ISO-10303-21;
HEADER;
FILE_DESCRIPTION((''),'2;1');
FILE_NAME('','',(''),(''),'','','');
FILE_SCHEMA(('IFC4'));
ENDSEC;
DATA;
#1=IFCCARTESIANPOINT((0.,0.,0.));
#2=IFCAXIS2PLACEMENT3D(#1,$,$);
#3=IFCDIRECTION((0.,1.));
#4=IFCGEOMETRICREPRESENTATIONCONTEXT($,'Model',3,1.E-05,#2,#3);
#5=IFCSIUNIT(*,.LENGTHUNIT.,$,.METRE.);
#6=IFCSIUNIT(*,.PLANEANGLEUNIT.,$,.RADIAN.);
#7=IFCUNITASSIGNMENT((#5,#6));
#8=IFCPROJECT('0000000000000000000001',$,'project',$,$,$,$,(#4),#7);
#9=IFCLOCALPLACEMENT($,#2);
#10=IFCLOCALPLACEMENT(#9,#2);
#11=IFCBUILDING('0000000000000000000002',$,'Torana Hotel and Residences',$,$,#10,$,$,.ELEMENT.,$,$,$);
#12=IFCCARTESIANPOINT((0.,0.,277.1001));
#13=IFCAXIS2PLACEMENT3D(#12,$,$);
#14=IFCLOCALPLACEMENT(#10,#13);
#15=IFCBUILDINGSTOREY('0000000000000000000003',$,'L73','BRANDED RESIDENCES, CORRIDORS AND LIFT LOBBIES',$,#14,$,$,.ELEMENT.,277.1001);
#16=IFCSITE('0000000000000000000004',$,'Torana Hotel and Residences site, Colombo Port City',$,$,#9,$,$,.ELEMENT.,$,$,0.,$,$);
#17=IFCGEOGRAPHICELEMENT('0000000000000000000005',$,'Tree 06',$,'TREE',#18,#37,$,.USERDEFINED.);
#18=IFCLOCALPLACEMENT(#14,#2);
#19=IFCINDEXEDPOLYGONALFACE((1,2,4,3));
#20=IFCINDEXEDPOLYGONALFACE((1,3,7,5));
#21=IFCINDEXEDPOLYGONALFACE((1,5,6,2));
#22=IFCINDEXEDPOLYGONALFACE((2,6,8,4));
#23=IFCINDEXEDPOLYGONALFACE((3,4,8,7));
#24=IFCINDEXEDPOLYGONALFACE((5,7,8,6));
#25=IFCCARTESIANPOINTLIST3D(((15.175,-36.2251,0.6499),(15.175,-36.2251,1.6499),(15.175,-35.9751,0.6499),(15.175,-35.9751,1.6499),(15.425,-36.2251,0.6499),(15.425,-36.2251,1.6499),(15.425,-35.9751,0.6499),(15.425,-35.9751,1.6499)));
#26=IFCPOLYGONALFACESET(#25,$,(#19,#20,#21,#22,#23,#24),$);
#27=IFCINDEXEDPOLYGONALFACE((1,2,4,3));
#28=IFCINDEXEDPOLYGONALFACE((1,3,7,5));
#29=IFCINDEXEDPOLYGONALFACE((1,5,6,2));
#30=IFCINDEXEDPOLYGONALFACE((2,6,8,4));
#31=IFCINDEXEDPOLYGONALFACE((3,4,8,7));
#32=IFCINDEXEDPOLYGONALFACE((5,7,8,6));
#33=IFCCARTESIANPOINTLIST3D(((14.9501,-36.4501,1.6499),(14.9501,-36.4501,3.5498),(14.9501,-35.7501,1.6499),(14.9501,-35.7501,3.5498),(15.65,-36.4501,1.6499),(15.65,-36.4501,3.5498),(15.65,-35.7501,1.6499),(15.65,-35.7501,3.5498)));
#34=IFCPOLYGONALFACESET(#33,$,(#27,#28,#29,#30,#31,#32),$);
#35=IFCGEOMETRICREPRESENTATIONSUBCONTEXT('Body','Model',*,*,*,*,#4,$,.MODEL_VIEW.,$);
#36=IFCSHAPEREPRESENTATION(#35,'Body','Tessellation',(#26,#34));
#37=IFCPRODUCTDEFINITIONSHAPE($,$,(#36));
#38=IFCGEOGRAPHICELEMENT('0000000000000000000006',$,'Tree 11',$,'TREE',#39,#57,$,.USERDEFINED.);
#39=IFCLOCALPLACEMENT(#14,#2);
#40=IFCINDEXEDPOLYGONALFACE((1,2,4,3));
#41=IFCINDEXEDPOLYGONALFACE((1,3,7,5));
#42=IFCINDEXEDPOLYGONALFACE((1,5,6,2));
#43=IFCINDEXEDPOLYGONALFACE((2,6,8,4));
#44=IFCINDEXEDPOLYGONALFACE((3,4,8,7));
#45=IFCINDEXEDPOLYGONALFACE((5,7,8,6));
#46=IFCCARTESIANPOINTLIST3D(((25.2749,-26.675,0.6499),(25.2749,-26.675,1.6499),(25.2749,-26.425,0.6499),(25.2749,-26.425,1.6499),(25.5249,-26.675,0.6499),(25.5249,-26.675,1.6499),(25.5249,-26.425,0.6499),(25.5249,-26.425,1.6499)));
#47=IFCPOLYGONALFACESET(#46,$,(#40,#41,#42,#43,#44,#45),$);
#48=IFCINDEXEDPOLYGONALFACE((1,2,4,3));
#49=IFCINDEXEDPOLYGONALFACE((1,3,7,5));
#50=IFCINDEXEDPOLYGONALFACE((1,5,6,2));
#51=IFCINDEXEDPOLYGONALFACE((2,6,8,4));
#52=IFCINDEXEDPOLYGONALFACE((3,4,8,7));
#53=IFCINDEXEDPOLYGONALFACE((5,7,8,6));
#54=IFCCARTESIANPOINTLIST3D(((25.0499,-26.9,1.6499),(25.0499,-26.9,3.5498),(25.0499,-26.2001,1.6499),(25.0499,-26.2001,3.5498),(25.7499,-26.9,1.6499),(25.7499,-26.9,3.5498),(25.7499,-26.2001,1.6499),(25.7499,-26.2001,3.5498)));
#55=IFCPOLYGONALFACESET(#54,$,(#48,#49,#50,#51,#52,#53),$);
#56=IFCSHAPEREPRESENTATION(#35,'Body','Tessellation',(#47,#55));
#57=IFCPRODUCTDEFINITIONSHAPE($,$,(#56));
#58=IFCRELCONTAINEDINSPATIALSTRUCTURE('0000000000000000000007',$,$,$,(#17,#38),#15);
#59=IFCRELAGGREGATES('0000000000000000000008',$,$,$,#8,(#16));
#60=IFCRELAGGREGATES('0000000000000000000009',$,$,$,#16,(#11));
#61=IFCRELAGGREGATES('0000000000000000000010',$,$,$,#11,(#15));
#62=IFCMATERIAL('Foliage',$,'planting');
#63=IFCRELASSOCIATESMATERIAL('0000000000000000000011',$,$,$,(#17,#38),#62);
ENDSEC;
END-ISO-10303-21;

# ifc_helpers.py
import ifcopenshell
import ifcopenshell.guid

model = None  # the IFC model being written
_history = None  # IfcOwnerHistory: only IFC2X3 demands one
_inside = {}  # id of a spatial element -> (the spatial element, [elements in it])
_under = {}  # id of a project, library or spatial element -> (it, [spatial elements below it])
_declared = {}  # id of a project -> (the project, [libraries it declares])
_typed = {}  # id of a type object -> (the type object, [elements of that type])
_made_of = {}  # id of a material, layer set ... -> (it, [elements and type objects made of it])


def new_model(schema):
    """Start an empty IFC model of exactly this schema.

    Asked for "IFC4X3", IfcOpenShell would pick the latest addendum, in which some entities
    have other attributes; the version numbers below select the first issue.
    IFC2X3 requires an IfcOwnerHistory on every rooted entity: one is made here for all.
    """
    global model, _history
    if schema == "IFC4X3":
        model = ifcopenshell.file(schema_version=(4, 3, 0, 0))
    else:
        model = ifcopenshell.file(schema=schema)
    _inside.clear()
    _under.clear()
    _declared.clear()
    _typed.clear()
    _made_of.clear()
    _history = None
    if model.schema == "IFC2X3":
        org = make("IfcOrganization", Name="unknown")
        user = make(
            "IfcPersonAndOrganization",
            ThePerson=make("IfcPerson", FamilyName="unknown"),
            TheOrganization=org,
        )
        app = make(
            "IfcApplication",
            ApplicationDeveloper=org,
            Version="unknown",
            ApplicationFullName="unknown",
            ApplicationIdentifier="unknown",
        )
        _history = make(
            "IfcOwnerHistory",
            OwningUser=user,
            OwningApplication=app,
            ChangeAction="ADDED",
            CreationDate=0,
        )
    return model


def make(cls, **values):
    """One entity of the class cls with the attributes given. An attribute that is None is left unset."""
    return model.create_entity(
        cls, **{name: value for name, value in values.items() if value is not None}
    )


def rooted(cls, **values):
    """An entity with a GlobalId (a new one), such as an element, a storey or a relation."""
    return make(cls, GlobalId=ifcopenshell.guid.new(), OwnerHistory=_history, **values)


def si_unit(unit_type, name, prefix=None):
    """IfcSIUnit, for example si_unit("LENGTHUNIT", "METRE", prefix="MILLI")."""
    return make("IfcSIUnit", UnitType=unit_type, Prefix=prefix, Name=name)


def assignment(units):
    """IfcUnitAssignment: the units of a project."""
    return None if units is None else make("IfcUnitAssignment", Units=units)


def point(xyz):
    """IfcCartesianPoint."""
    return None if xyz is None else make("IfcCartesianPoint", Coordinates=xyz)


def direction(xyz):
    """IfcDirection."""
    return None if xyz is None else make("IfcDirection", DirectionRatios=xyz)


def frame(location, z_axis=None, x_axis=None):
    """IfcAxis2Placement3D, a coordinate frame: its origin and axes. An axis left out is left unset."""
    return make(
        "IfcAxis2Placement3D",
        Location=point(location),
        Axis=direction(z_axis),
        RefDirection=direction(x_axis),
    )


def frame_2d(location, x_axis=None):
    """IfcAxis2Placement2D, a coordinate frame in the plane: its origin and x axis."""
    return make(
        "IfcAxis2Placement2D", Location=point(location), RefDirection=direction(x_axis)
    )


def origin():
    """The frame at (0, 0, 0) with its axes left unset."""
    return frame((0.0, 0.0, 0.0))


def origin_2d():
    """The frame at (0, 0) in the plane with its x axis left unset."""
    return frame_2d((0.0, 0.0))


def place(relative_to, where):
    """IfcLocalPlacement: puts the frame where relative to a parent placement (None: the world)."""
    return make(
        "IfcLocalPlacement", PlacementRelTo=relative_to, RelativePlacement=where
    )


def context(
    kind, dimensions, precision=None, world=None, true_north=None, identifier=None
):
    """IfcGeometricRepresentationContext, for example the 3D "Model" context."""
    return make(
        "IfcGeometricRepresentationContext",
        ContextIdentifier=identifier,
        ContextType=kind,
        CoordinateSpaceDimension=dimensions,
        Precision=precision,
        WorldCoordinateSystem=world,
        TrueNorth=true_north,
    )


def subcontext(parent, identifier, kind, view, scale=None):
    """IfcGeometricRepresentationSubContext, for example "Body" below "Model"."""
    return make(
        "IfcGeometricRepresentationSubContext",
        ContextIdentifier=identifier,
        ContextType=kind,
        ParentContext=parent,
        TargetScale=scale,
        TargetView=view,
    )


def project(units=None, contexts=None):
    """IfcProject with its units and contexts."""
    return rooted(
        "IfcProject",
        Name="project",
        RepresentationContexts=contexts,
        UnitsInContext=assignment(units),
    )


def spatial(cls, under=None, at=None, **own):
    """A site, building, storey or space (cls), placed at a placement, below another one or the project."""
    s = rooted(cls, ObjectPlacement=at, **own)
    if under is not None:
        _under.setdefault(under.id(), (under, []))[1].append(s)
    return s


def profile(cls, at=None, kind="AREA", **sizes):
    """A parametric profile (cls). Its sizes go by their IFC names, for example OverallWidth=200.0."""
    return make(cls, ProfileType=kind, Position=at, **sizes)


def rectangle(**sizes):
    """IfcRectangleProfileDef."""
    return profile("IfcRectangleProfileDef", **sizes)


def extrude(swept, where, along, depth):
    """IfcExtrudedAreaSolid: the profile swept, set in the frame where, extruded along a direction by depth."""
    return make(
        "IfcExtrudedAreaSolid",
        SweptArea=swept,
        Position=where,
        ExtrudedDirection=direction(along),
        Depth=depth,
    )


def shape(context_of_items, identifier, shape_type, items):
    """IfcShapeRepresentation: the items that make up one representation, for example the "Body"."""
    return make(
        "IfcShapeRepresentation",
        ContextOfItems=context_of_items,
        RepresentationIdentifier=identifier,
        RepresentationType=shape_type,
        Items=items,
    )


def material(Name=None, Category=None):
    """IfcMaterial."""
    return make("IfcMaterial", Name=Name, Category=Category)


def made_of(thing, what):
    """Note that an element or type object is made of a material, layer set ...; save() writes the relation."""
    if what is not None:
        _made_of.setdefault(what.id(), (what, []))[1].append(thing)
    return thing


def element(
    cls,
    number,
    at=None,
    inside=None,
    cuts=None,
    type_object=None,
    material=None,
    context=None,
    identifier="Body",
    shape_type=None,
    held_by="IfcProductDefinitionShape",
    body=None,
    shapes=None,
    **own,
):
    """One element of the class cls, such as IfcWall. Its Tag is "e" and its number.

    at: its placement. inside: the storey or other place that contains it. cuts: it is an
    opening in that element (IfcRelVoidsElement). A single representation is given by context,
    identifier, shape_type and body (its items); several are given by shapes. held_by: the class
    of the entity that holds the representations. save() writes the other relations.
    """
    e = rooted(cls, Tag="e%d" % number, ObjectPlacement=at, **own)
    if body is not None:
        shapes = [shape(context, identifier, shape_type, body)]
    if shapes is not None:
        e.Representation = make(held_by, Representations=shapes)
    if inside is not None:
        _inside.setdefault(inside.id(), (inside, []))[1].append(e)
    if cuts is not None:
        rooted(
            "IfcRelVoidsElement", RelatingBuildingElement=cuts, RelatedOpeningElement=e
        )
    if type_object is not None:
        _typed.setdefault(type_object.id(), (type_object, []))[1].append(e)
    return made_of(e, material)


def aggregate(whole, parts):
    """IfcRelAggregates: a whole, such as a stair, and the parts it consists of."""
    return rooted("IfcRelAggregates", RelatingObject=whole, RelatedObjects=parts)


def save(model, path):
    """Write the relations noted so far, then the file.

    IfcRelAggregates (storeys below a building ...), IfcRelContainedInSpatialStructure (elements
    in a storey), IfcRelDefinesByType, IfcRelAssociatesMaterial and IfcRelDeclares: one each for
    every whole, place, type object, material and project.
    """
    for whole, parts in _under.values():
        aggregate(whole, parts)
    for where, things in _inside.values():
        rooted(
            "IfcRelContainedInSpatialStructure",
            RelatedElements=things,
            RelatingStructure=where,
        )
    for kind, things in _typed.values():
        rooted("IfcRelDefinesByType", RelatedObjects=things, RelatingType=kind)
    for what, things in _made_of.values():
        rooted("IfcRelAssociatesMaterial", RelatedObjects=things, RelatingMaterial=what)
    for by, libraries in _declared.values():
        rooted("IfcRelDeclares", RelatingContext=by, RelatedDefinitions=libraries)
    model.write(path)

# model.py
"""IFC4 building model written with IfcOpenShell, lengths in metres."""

from ifc_helpers import new_model, si_unit, direction, frame, origin, origin_2d, place, context, subcontext, project, spatial, rectangle, extrude, material, element, save


model = new_model("IFC4")

# Units and contexts
model_context = context("Model", 3, precision=1e-05, world=origin(), true_north=direction((0.0, 1.0)))
body_context = subcontext(model_context, "Body", "Model", "MODEL_VIEW")
ifc_project = project(units=[si_unit("LENGTHUNIT", "METRE"), si_unit("PLANEANGLEUNIT", "RADIAN")], contexts=[model_context])

# Site, building, storey
site_placement = place(None, origin())
site = spatial("IfcSite", under=ifc_project, at=site_placement, Name="Torana Hotel and Residences site, Colombo Port City", CompositionType="ELEMENT", RefElevation=0.0)
building_placement = place(site_placement, origin())
building = spatial("IfcBuilding", under=site, at=building_placement, Name="Torana Hotel and Residences", CompositionType="ELEMENT")
storey_placement = place(building_placement, frame((0.0, 0.0, 277.1001)))
storey = spatial("IfcBuildingStorey", under=building, at=storey_placement, Name="L73", Description="BRANDED RESIDENCES, CORRIDORS AND LIFT LOBBIES", CompositionType="ELEMENT", Elevation=277.1001)

# Geographic elements
ifc_material_1 = material(Name="Foliage", Category="planting")
for number, where, z_axis, x_axis, name in (
    (1, (15.3, -36.1001, 0.6499), (0.0, 0.0, 1.0), (1.0, 0.0, 0.0), "Tree 06"),
    (2, (25.3999, -26.55, 0.6499), (0.0, 0.0, 1.0), (1.0, 0.0, 0.0), "Tree 11"),
):
    element("IfcGeographicElement", number, at=place(storey_placement, frame(where, z_axis=z_axis, x_axis=x_axis)), inside=storey, material=ifc_material_1, Name=name, ObjectType="TREE", PredefinedType="USERDEFINED", context=body_context, shape_type="SweptSolid", body=[
        extrude(rectangle(XDim=0.25, YDim=0.25, at=origin_2d()), origin(), (0.0, 0.0, 1.0), 1.0),
        extrude(rectangle(XDim=0.7, YDim=0.7, at=origin_2d()), frame((0.0, 0.0, 1.0)), (0.0, 0.0, 1.0), 1.8999),
    ])

save(model, "model.ifc")
